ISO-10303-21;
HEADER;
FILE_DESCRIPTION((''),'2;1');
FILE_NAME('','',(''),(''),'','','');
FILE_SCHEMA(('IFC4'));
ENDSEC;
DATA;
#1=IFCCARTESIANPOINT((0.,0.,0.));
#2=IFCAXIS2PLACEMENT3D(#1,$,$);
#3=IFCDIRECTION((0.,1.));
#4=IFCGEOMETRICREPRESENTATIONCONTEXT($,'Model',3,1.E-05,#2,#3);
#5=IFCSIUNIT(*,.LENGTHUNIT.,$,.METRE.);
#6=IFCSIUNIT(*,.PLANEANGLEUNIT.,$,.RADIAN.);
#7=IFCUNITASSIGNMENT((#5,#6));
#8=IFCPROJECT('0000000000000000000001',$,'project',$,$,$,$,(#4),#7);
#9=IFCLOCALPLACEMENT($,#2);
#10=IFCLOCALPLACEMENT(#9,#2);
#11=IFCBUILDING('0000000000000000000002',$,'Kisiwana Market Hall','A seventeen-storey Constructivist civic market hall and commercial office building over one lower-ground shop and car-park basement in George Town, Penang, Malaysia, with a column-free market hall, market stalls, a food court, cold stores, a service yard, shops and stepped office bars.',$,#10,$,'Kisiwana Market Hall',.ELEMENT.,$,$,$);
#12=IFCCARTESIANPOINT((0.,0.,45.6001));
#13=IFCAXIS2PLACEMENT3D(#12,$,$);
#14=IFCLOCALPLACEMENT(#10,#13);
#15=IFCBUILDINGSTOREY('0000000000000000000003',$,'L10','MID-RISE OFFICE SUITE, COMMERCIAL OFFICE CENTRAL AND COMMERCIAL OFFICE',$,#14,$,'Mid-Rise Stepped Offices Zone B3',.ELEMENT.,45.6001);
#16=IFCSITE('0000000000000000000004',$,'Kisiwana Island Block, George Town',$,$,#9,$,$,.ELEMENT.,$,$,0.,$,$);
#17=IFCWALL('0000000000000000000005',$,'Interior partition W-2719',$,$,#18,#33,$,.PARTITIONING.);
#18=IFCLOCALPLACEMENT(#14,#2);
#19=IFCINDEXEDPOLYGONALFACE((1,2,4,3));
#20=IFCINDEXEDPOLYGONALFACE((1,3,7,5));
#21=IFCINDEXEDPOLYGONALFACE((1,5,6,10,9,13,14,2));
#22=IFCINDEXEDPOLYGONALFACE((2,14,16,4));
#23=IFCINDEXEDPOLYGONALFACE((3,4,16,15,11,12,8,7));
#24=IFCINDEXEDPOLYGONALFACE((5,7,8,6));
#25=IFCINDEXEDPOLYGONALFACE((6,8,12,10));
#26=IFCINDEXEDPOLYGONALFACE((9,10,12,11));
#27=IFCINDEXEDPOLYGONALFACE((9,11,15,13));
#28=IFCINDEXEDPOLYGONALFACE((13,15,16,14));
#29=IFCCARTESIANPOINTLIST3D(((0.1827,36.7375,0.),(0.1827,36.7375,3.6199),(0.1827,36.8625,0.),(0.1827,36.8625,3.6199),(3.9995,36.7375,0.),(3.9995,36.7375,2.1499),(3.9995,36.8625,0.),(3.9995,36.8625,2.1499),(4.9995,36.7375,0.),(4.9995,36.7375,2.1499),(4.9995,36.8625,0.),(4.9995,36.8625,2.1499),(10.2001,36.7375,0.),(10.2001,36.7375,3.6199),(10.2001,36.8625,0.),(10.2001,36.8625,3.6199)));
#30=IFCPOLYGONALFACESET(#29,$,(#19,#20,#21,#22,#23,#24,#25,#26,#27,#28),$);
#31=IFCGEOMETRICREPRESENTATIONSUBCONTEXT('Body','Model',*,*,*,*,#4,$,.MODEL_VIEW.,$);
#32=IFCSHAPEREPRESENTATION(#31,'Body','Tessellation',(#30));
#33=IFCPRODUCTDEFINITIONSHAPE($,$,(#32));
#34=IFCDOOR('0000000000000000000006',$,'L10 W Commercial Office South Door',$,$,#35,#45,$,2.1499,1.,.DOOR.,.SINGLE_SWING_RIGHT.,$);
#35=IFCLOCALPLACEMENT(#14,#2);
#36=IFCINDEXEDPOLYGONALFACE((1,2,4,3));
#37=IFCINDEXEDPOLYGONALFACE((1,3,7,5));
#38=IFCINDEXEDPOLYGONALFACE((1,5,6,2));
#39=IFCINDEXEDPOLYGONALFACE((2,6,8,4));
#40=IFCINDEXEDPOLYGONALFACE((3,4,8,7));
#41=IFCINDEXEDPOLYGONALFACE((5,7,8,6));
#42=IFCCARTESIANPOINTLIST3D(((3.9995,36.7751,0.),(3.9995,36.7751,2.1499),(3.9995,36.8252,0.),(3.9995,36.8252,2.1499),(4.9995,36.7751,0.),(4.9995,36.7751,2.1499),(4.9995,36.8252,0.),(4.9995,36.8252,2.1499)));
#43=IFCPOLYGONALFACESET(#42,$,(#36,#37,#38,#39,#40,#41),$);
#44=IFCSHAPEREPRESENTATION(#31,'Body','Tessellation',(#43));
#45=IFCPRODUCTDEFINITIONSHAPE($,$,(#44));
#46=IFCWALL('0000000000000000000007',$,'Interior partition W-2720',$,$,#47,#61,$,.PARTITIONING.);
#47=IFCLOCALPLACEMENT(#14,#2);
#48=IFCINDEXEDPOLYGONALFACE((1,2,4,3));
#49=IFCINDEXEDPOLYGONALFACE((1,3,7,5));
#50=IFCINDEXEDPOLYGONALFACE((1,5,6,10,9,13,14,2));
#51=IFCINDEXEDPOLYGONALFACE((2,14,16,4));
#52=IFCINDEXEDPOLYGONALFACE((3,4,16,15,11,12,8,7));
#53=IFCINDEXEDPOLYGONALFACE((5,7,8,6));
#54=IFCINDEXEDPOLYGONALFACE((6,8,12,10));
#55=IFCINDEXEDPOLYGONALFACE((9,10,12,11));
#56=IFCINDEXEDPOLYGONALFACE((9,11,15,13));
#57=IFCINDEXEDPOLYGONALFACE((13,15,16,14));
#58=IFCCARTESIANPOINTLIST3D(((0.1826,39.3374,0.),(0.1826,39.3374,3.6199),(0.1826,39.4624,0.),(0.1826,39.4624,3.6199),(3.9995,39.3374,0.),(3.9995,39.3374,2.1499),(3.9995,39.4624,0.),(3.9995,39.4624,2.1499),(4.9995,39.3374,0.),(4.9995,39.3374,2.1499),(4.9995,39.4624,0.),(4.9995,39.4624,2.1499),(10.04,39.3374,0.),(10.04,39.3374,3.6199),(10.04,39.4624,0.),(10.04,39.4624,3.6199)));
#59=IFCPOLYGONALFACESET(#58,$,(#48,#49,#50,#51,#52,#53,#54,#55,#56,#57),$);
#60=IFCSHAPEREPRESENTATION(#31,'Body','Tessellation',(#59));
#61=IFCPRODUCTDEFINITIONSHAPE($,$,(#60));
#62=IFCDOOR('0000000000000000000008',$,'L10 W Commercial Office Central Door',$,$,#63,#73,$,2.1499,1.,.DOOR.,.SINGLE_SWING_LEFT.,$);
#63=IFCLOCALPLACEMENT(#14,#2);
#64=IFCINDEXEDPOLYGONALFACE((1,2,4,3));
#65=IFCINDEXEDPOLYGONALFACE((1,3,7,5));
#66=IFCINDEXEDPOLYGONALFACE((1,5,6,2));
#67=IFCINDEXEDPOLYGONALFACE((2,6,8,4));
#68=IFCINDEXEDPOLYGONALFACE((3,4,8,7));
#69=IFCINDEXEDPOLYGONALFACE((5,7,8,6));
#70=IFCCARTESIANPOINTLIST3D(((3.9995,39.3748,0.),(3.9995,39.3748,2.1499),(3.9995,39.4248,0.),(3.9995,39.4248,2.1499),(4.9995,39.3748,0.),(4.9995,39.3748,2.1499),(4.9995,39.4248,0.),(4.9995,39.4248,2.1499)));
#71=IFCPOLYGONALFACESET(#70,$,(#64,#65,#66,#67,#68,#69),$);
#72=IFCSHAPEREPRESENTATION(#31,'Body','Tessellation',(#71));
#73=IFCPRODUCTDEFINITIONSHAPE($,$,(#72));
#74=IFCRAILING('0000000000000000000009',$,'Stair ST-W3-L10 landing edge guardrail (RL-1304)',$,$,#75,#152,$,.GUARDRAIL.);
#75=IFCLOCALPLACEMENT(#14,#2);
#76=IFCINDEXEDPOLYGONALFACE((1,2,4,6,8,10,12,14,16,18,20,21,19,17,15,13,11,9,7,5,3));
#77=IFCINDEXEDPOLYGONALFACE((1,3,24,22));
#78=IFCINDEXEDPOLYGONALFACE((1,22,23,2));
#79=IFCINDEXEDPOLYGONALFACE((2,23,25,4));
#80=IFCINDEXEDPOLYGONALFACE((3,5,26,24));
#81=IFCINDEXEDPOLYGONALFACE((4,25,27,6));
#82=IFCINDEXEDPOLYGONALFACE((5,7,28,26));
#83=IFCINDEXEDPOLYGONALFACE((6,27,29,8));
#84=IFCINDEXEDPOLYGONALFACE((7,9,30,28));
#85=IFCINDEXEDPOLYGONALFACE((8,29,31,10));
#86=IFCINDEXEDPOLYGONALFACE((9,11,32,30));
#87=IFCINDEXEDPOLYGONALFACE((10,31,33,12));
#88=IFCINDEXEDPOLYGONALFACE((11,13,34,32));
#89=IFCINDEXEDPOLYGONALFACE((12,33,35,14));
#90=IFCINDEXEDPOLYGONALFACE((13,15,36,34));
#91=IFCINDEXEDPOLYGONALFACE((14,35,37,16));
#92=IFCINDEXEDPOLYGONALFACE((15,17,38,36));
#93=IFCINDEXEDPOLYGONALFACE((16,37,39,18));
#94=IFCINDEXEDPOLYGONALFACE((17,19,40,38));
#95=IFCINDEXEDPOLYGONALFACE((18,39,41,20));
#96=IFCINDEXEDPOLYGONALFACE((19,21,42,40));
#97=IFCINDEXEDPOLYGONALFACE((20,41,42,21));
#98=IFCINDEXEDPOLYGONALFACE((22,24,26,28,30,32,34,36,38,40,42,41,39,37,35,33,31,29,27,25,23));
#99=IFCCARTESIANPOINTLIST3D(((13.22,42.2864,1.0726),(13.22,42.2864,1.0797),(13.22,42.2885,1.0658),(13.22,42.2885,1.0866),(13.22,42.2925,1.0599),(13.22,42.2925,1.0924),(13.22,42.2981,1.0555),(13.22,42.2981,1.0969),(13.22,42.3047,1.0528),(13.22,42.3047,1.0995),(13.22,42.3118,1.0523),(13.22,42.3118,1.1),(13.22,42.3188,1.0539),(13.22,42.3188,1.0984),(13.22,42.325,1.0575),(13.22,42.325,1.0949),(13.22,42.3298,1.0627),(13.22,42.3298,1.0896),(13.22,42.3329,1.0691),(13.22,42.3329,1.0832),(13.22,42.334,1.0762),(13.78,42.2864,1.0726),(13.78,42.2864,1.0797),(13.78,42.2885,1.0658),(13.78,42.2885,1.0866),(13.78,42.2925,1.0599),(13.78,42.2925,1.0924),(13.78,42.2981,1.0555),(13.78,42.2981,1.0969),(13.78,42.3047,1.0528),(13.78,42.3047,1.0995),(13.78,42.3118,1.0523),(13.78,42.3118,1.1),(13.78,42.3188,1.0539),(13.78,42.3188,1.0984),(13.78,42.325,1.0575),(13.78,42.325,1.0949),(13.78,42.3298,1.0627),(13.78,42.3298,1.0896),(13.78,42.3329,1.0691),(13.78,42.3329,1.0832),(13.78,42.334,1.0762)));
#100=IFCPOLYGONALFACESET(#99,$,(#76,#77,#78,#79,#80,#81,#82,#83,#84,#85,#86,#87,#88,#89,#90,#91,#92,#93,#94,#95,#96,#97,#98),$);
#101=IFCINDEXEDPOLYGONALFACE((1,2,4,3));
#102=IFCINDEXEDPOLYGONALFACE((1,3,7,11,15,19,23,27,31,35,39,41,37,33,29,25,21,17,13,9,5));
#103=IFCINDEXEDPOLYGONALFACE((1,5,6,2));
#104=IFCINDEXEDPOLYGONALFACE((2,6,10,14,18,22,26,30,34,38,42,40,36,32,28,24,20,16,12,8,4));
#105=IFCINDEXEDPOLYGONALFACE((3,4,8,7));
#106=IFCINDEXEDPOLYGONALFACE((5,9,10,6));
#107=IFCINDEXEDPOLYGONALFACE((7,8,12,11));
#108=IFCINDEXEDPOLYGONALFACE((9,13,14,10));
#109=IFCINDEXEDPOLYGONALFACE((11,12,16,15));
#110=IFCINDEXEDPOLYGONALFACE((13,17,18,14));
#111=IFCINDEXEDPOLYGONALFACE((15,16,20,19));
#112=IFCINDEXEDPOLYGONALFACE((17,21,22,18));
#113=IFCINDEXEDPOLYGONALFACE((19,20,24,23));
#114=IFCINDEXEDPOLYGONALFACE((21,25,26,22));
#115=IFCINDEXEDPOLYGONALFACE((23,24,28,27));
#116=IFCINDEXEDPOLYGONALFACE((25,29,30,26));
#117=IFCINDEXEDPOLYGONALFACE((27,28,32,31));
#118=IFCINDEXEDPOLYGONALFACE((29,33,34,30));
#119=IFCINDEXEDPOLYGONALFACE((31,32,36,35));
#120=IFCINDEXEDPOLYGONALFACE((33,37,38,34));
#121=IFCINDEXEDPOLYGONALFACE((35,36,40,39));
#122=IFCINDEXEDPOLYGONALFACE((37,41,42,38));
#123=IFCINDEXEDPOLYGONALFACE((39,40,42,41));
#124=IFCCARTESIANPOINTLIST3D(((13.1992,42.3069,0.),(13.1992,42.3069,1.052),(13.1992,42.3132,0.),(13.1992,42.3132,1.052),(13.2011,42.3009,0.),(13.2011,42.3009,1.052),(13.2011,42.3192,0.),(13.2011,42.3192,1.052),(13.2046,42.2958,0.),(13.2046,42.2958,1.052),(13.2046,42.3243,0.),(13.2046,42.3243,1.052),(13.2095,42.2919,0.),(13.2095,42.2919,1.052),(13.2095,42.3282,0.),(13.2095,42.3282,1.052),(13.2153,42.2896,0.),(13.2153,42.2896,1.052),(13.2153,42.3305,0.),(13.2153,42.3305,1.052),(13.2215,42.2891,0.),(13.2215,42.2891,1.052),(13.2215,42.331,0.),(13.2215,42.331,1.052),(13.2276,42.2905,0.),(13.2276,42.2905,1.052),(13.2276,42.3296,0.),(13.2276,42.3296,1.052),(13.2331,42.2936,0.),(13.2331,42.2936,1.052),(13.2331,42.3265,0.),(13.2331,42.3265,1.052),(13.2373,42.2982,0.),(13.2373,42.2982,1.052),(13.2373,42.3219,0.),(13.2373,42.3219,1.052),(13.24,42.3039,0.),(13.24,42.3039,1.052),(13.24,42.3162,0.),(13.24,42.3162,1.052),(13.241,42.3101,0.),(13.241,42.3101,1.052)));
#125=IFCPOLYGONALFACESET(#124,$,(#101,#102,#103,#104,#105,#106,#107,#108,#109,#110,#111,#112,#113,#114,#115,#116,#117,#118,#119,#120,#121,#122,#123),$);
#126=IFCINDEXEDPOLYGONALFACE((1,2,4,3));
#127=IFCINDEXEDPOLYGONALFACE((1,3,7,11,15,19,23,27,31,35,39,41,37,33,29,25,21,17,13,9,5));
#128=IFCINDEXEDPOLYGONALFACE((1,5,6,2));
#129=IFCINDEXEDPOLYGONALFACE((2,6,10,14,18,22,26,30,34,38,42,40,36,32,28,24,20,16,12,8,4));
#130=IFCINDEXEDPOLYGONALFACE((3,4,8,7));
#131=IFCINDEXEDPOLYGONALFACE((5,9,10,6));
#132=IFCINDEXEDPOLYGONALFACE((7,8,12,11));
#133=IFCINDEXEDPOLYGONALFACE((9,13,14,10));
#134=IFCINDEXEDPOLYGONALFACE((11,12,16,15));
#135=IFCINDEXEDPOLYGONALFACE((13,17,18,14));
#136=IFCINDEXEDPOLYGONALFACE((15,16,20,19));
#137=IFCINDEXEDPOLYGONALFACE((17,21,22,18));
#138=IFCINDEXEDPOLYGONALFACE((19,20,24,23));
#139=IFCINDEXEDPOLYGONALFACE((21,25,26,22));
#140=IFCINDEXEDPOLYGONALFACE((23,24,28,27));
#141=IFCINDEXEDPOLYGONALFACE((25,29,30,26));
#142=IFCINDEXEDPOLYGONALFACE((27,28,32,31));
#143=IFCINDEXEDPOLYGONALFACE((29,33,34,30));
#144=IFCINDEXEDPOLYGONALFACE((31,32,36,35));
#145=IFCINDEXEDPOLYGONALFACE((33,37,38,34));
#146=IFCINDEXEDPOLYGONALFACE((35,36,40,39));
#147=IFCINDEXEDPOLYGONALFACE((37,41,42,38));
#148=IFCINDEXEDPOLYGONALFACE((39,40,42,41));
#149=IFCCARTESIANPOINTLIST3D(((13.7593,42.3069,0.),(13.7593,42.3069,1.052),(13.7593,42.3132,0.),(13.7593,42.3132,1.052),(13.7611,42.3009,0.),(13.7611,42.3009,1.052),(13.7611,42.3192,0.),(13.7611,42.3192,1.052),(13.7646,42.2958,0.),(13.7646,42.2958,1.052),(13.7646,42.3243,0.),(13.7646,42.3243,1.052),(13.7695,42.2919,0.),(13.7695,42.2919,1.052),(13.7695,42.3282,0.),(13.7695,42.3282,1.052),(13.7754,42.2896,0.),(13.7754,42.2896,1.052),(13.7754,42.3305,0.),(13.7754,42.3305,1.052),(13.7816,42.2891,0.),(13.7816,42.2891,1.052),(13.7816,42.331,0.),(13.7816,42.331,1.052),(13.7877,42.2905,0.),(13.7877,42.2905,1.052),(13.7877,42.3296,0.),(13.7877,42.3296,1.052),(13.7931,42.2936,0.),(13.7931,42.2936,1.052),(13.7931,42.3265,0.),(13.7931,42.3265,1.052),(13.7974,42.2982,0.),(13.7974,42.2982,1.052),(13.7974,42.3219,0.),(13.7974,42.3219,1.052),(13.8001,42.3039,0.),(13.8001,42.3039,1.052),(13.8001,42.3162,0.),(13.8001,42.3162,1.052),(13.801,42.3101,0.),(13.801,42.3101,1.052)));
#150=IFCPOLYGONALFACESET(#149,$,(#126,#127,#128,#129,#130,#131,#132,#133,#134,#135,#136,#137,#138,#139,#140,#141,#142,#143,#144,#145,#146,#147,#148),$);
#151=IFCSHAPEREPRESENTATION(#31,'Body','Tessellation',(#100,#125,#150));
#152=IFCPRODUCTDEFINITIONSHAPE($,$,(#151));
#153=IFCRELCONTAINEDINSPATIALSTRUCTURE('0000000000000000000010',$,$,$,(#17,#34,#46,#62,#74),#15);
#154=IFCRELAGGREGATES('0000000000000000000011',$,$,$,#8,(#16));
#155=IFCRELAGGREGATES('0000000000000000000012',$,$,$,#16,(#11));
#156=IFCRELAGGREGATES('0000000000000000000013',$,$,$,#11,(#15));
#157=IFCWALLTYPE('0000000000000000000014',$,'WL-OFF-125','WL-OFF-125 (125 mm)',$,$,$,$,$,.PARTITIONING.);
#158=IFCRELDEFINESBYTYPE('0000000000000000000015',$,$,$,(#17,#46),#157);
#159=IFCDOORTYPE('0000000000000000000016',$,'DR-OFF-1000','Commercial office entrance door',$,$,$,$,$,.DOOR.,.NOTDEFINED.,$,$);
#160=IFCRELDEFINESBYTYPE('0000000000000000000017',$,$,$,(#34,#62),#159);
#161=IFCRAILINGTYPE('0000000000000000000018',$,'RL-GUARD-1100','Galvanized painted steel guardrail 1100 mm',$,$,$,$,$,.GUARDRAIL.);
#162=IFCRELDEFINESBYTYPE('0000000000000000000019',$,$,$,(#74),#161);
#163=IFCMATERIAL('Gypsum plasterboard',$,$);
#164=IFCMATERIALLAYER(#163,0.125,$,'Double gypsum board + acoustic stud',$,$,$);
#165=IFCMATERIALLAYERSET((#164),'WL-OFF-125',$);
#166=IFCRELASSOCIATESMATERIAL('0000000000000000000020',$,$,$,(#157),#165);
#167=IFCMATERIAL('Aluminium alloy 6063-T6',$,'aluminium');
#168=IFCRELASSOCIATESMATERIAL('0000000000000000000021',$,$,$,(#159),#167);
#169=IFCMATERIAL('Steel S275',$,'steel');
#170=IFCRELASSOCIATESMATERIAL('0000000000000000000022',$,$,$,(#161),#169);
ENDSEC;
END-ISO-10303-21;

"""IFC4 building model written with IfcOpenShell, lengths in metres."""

from ifc_helpers import new_model, si_unit, direction, frame, frame_2d, origin, origin_2d, place, context, subcontext, project, spatial, rectangle, circle, extrude, material, layer, layer_set, type_object, element, fill, save


model = new_model("IFC4")

# Units and contexts
model_context = context("Model", 3, precision=1e-05, world=origin(), true_north=direction((0.0, 1.0)))
body_context = subcontext(model_context, "Body", "Model", "MODEL_VIEW")
ifc_project = project(units=[si_unit("LENGTHUNIT", "METRE"), si_unit("PLANEANGLEUNIT", "RADIAN")], contexts=[model_context])

# Site, building, storey
site_placement = place(None, origin())
site = spatial("IfcSite", under=ifc_project, at=site_placement, Name="Kisiwana Island Block, George Town", CompositionType="ELEMENT", RefElevation=0.0)
building_placement = place(site_placement, origin())
building = spatial("IfcBuilding", under=site, at=building_placement, Name="Kisiwana Market Hall", Description="A seventeen-storey Constructivist civic market hall and commercial office building over one lower-ground shop and car-park basement in George Town, Penang, Malaysia, with a column-free market hall, market stalls, a food court, cold stores, a service yard, shops and stepped office bars.", LongName="Kisiwana Market Hall", CompositionType="ELEMENT")
storey_placement = place(building_placement, frame((0.0, 0.0, 45.6001)))
storey = spatial("IfcBuildingStorey", under=building, at=storey_placement, Name="L10", Description="MID-RISE OFFICE SUITE, COMMERCIAL OFFICE CENTRAL AND COMMERCIAL OFFICE", LongName="Mid-Rise Stepped Offices Zone B3", CompositionType="ELEMENT", Elevation=45.6001)

# Shared definitions
ifc_material_1 = material(Name="Gypsum plasterboard")
ifc_layer_1 = layer(ifc_material_1, 0.125, Name="Double gypsum board + acoustic stud")
ifc_layer_set_1 = layer_set([ifc_layer_1], Name="WL-OFF-125")
wall_type_1 = type_object("IfcWallType", Name="WL-OFF-125", Description="WL-OFF-125 (125 mm)", PredefinedType="PARTITIONING", material=ifc_layer_set_1)

# Walls, openings, doors
wall_1_placement = place(storey_placement, frame((0.1826, 36.8, 0.0), z_axis=(0.0, 0.0, 1.0), x_axis=(1.0, 0.0, 0.0)))
wall_1 = element("IfcWall", 1, at=wall_1_placement, inside=storey, type_object=wall_type_1, Name="Interior partition W-2719", PredefinedType="PARTITIONING", context=body_context, shape_type="SweptSolid", body=[
    extrude(rectangle(XDim=10.0173, YDim=0.125, at=frame_2d((5.0088, 0.0))), origin(), (0.0, 0.0, 1.0), 3.6199),
])
opening_1_placement = place(wall_1_placement, frame((3.8169, 0.0, 0.0)))
opening_1 = element("IfcOpeningElement", 2, at=opening_1_placement, cuts=wall_1, PredefinedType="OPENING", context=body_context, shape_type="SweptSolid", body=[
    extrude(rectangle(XDim=1.0, YDim=2.1499, at=frame_2d((0.5, 1.075))), frame((0.0, 0.0745, 0.0), z_axis=(0.0, -1.0, 0.0), x_axis=(1.0, 0.0, 0.0)), (0.0, 0.0, 1.0), 0.1489),
])
ifc_material_2 = material(Name="Aluminium alloy 6063-T6", Category="aluminium")
door_type_1 = type_object("IfcDoorType", Name="DR-OFF-1000", Description="Commercial office entrance door", OperationType="NOTDEFINED", PredefinedType="DOOR", material=ifc_material_2)
door_1_placement = place(opening_1_placement, frame((1.0, 0.0, 0.0), z_axis=(0.0, 0.0, 1.0), x_axis=(-1.0, 0.0, 0.0)))
door_1 = element("IfcDoor", 3, at=door_1_placement, inside=storey, type_object=door_type_1, Name="L10 W Commercial Office South Door", OperationType="SINGLE_SWING_RIGHT", OverallHeight=2.1499, OverallWidth=1.0, PredefinedType="DOOR", context=body_context, shape_type="SweptSolid", body=[
    extrude(rectangle(XDim=1.0, YDim=2.1499, at=frame_2d((0.5, 1.075))), frame((0.0, 0.0249, 0.0), z_axis=(0.0, -1.0, 0.0), x_axis=(1.0, 0.0, 0.0)), (0.0, 0.0, 1.0), 0.05),
])
fill(opening_1, door_1)
wall_2_placement = place(storey_placement, frame((0.1826, 39.3999, 0.0), z_axis=(0.0, 0.0, 1.0), x_axis=(1.0, 0.0, 0.0)))
wall_2 = element("IfcWall", 4, at=wall_2_placement, inside=storey, type_object=wall_type_1, Name="Interior partition W-2720", PredefinedType="PARTITIONING", context=body_context, shape_type="SweptSolid", body=[
    extrude(rectangle(XDim=9.8574, YDim=0.125, at=frame_2d((4.9287, 0.0))), origin(), (0.0, 0.0, 1.0), 3.6199),
])
opening_2_placement = place(wall_2_placement, frame((3.8169, 0.0, 0.0)))
opening_2 = element("IfcOpeningElement", 5, at=opening_2_placement, cuts=wall_2, PredefinedType="OPENING", context=body_context, shape_type="SweptSolid", body=[
    extrude(rectangle(XDim=1.0, YDim=2.1499, at=frame_2d((0.5, 1.075))), frame((0.0, 0.0745, 0.0), z_axis=(0.0, -1.0, 0.0), x_axis=(1.0, 0.0, 0.0)), (0.0, 0.0, 1.0), 0.1489),
])
door_2_placement = place(opening_2_placement, origin())
door_2 = element("IfcDoor", 6, at=door_2_placement, inside=storey, type_object=door_type_1, Name="L10 W Commercial Office Central Door", OperationType="SINGLE_SWING_LEFT", OverallHeight=2.1499, OverallWidth=1.0, PredefinedType="DOOR", context=body_context, shape_type="SweptSolid", body=[
    extrude(rectangle(XDim=1.0, YDim=2.1499, at=frame_2d((0.5, 1.075))), frame((0.0, 0.0249, 0.0), z_axis=(0.0, -1.0, 0.0), x_axis=(1.0, 0.0, 0.0)), (0.0, 0.0, 1.0), 0.05),
])
fill(opening_2, door_2)

# Railing
ifc_material_3 = material(Name="Steel S275", Category="steel")
railing_type_1 = type_object("IfcRailingType", Name="RL-GUARD-1100", Description="Galvanized painted steel guardrail 1100 mm", PredefinedType="GUARDRAIL", material=ifc_material_3)
railing_1_placement = place(storey_placement, frame((13.22, 42.3101, 0.0)))
element("IfcRailing", 7, at=railing_1_placement, inside=storey, type_object=railing_type_1, Name="Stair ST-W3-L10 landing edge guardrail (RL-1304)", PredefinedType="GUARDRAIL", context=body_context, shape_type="SweptSolid", body=[
    extrude(circle(Radius=0.0239, at=origin_2d()), frame((0.0, 0.0, 1.0762), z_axis=(1.0, 0.0, 0.0), x_axis=(0.0, 1.0, 0.0)), (0.0, 0.0, 1.0), 0.5601),
    extrude(circle(Radius=0.021, at=origin_2d()), origin(), (0.0, 0.0, 1.0), 1.052),
    extrude(circle(Radius=0.021, at=origin_2d()), frame((0.5601, 0.0, 0.0)), (0.0, 0.0, 1.0), 1.052),
])

save(model, "model.ifc")
